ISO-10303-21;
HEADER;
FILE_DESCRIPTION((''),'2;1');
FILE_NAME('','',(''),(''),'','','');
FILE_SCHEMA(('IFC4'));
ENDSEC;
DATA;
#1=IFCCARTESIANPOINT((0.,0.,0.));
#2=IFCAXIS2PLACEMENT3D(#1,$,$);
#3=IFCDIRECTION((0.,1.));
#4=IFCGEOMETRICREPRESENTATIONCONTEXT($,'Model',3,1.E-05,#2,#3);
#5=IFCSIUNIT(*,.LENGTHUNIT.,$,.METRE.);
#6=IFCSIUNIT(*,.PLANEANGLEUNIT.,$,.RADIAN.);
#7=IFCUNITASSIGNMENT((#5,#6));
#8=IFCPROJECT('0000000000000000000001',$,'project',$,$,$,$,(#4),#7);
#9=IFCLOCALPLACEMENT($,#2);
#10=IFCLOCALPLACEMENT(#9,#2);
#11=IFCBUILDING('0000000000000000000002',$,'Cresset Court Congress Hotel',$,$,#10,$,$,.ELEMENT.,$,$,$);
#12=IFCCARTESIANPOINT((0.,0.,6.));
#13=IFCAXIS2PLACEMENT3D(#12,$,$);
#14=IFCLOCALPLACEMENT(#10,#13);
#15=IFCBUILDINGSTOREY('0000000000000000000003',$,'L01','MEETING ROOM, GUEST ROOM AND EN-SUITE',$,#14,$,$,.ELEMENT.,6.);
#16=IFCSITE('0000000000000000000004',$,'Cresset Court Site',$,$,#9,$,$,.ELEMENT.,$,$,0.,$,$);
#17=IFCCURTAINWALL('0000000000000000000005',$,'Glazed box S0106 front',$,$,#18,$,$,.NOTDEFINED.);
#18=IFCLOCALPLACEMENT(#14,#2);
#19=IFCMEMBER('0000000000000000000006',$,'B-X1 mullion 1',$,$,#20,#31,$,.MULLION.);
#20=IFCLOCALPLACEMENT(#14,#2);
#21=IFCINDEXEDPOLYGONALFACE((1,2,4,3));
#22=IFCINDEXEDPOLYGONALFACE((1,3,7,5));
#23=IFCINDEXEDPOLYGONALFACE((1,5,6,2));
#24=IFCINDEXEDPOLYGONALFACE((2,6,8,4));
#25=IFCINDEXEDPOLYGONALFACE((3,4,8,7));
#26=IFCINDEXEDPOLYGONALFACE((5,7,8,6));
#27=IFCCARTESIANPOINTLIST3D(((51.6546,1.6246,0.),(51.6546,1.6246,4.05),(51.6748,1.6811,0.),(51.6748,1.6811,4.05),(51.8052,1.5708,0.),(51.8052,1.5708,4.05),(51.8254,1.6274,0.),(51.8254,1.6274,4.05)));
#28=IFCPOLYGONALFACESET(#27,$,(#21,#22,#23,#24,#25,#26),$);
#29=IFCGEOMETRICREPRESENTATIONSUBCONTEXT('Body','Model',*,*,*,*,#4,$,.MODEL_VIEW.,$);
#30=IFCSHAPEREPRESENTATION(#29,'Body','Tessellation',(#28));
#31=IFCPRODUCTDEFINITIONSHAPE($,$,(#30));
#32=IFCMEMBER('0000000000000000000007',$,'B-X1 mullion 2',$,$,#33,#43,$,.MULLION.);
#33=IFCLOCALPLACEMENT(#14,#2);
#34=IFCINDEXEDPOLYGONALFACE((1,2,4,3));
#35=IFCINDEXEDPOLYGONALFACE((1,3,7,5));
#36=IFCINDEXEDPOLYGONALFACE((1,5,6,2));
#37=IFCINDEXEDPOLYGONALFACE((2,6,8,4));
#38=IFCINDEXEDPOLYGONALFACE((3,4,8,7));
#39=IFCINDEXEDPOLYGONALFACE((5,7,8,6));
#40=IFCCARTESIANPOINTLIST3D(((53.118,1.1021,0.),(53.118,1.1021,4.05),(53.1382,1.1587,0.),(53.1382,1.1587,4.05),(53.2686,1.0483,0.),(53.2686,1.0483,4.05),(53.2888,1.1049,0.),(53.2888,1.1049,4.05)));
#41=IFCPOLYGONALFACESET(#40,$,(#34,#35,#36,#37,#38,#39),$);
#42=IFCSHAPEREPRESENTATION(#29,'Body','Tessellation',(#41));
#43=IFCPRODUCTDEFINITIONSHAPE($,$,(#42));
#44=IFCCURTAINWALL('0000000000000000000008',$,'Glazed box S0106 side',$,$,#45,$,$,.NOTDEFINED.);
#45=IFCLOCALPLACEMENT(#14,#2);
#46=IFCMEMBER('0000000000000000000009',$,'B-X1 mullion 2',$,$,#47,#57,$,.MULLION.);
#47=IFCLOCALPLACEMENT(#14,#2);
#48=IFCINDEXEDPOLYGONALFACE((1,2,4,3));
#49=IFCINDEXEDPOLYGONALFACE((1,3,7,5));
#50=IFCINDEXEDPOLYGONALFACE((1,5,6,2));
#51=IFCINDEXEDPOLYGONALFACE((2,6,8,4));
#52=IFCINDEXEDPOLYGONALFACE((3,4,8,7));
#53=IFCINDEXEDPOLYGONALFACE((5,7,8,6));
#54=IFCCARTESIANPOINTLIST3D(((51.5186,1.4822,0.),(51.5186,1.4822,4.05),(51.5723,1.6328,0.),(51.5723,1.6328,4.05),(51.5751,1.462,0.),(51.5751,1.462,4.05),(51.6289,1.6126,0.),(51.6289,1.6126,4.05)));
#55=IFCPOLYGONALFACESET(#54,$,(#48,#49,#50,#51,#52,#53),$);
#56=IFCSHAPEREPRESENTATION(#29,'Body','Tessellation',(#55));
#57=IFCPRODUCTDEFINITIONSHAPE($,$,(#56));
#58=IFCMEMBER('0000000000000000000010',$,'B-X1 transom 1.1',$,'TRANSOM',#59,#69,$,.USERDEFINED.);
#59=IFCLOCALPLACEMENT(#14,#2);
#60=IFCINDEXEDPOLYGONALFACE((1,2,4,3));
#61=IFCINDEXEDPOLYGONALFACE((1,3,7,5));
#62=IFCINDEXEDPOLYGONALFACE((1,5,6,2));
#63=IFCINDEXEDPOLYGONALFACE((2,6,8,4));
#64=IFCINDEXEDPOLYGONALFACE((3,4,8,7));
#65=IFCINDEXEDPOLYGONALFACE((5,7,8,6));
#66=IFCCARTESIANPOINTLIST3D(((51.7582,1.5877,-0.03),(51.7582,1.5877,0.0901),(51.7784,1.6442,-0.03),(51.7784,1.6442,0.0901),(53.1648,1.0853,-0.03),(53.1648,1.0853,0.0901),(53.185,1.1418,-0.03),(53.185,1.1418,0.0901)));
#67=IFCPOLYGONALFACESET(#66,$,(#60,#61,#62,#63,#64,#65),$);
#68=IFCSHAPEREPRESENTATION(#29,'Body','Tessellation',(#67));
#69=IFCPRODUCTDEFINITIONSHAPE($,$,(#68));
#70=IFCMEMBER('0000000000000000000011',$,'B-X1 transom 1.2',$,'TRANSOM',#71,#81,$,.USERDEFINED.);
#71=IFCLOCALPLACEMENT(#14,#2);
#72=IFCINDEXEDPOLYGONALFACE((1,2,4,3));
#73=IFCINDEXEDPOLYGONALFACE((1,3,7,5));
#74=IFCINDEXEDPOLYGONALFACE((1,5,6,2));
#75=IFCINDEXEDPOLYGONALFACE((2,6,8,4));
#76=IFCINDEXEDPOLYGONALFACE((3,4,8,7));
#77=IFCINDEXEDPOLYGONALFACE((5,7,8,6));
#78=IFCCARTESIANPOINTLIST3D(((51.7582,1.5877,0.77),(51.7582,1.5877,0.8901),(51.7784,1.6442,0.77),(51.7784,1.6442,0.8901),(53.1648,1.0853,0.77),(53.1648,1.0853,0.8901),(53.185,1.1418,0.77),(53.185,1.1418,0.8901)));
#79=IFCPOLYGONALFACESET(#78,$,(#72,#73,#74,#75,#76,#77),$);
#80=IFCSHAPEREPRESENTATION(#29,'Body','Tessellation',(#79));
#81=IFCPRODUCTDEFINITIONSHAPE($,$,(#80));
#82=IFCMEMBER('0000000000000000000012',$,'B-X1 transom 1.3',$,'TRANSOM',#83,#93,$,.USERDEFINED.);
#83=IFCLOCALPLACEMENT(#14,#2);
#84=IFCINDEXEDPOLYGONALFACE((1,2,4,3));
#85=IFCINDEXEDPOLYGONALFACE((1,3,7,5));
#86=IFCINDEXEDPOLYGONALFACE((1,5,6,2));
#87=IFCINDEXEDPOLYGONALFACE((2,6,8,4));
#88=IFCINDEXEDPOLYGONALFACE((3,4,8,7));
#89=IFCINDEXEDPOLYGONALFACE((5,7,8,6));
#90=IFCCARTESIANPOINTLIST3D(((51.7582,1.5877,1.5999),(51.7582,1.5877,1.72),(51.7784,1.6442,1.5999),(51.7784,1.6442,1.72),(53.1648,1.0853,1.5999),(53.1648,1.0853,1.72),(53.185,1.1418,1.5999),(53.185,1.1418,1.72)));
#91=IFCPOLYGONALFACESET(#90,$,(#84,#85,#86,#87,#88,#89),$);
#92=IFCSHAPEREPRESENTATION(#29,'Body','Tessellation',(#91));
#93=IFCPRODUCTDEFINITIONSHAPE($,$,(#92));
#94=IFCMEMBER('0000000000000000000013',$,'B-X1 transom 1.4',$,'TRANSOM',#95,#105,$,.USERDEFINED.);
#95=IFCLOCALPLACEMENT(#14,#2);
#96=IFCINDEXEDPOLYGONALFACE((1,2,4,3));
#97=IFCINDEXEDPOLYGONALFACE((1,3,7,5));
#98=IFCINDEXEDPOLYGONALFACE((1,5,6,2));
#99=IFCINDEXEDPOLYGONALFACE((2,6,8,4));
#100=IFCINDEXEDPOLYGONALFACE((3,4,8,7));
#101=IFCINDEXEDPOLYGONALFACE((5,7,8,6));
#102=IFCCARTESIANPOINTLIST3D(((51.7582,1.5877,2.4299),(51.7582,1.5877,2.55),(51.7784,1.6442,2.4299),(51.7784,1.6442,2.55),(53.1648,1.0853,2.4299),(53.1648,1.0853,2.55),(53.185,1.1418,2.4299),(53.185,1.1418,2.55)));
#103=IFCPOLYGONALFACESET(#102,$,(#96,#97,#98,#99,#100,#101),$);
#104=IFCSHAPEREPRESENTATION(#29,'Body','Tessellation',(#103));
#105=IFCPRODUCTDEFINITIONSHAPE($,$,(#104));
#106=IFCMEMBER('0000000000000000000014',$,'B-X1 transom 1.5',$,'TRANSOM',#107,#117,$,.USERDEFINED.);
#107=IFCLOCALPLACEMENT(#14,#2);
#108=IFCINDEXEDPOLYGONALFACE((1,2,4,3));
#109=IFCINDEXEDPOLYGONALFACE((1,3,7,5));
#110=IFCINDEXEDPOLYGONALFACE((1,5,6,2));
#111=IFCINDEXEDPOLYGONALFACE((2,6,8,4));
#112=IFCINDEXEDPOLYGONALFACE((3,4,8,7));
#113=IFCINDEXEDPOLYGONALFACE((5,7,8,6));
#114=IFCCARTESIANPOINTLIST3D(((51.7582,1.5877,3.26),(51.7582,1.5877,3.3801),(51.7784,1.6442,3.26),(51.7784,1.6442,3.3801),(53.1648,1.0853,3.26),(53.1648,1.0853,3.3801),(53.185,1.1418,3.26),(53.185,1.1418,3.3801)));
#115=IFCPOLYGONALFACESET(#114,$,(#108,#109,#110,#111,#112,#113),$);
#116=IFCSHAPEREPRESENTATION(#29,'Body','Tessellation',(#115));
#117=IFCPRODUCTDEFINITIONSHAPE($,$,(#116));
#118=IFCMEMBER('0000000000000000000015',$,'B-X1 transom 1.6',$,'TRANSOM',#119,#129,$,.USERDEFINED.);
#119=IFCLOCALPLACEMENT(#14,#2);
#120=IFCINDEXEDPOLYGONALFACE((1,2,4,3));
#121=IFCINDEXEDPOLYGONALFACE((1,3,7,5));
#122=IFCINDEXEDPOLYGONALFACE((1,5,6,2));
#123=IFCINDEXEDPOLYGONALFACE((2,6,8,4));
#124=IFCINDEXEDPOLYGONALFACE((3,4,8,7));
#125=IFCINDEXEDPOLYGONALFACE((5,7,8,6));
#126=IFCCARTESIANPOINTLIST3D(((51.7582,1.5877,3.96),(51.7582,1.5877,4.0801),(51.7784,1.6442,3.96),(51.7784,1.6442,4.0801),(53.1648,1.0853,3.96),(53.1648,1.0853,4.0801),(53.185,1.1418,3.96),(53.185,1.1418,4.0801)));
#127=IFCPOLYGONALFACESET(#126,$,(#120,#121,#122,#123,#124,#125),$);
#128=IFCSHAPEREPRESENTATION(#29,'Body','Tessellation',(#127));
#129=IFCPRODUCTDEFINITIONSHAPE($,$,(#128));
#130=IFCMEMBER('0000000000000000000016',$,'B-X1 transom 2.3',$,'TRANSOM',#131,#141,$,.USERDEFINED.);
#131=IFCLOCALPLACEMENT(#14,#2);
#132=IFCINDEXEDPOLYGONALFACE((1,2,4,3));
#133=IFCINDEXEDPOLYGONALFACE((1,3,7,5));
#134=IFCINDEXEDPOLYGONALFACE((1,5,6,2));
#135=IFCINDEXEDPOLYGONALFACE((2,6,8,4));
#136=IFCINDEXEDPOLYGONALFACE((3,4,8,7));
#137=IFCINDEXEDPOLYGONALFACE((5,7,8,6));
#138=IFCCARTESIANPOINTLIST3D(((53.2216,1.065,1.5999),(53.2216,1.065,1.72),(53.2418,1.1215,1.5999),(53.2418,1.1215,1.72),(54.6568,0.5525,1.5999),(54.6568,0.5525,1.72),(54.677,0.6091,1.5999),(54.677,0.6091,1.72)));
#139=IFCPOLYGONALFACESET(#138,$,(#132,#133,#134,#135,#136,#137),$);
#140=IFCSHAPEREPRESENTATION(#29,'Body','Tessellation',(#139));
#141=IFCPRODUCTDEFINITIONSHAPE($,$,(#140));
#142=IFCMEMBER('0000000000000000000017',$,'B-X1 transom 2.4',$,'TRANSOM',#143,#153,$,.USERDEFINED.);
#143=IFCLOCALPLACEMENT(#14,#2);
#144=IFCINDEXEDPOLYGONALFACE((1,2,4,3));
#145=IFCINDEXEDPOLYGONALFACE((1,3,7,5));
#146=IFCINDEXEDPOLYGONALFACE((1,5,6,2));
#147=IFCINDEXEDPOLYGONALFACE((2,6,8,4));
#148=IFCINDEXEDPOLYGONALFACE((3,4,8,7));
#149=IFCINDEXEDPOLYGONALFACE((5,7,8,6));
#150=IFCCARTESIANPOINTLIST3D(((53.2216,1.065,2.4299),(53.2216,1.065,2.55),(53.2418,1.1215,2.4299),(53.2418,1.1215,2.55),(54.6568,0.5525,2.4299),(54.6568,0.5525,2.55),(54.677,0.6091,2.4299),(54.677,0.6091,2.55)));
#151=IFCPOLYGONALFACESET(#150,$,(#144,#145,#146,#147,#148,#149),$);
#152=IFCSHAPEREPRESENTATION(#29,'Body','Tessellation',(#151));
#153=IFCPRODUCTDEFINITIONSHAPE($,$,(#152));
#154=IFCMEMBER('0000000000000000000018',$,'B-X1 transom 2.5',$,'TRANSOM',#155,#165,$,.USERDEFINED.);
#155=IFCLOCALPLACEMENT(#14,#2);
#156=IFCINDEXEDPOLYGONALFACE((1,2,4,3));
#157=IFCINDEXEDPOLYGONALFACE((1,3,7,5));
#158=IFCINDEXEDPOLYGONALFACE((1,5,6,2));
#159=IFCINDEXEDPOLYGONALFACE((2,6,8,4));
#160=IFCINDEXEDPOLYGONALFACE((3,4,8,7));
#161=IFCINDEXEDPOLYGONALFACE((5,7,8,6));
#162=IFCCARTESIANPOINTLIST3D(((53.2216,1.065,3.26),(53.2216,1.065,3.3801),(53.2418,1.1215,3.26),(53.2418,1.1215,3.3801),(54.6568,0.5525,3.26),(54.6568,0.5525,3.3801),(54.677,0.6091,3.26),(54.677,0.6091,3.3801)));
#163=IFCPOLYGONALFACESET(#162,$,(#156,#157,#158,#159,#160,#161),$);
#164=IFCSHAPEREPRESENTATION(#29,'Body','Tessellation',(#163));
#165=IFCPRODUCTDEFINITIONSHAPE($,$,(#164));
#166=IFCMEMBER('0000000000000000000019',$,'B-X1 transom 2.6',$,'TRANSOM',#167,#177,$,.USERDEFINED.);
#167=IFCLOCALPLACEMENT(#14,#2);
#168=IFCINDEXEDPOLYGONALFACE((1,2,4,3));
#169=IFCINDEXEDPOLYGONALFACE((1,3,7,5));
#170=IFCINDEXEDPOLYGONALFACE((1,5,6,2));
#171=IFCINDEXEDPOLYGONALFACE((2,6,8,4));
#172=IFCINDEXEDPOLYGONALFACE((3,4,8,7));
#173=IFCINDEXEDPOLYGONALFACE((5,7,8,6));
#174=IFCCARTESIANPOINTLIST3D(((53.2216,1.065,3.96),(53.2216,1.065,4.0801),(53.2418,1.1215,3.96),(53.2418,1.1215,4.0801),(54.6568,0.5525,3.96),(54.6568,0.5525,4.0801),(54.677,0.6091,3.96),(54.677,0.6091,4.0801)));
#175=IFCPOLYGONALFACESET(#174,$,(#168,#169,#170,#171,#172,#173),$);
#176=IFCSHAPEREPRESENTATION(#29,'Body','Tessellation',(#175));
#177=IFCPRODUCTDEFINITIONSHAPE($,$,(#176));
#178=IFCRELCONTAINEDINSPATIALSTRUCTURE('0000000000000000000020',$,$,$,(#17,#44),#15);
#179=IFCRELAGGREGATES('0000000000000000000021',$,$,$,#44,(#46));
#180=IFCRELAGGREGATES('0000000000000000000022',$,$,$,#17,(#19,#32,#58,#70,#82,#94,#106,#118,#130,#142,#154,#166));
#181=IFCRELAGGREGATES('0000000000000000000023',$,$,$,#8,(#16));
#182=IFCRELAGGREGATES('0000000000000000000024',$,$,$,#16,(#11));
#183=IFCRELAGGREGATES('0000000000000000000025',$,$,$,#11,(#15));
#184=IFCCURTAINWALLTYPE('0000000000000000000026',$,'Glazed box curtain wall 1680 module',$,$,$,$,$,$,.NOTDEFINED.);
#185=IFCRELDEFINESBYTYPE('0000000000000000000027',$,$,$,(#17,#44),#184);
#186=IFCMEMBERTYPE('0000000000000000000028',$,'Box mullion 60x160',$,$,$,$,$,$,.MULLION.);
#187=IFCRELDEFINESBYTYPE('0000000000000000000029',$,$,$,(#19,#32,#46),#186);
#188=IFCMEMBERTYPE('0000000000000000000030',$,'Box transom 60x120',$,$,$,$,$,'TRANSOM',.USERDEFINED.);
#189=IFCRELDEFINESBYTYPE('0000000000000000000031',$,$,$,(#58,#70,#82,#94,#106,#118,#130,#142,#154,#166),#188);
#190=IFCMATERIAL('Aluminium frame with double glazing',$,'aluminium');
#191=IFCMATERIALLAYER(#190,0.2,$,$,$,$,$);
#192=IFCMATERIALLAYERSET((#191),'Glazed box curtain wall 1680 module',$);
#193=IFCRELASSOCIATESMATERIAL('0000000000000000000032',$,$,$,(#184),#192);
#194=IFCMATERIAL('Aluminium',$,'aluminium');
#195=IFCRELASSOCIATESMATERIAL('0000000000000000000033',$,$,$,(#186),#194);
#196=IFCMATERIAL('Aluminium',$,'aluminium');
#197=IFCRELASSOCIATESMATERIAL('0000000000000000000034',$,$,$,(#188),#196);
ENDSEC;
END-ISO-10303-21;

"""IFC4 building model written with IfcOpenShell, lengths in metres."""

from ifc_helpers import new_model, si_unit, direction, frame, origin, origin_2d, place, context, subcontext, project, spatial, rectangle, extrude, material, layer, layer_set, material_profile, profile_set, type_object, element, aggregate, save


model = new_model("IFC4")

# Units and contexts
model_context = context("Model", 3, precision=1e-05, world=origin(), true_north=direction((0.0, 1.0)))
body_context = subcontext(model_context, "Body", "Model", "MODEL_VIEW")
ifc_project = project(units=[si_unit("LENGTHUNIT", "METRE"), si_unit("PLANEANGLEUNIT", "RADIAN")], contexts=[model_context])

# Site, building, storey
site_placement = place(None, origin())
site = spatial("IfcSite", under=ifc_project, at=site_placement, Name="Cresset Court Site", CompositionType="ELEMENT", RefElevation=0.0)
building_placement = place(site_placement, origin())
building = spatial("IfcBuilding", under=site, at=building_placement, Name="Cresset Court Congress Hotel", CompositionType="ELEMENT")
storey_placement = place(building_placement, frame((0.0, 0.0, 6.0)))
storey = spatial("IfcBuildingStorey", under=building, at=storey_placement, Name="L01", Description="MEETING ROOM, GUEST ROOM AND EN-SUITE", CompositionType="ELEMENT", Elevation=6.0)

# Curtain wall, members
ifc_material_1 = material(Name="Aluminium frame with double glazing", Category="aluminium")
ifc_layer_1 = layer(ifc_material_1, 0.2)
ifc_layer_set_1 = layer_set([ifc_layer_1], Name="Glazed box curtain wall 1680 module")
curtain_wall_type = type_object("IfcCurtainWallType", Name="Glazed box curtain wall 1680 module", PredefinedType="NOTDEFINED", material=ifc_layer_set_1)
curtain_wall_1_placement = place(storey_placement, origin())
curtain_wall_1 = element("IfcCurtainWall", 1, at=curtain_wall_1_placement, inside=storey, type_object=curtain_wall_type, Name="Glazed box S0106 front", PredefinedType="NOTDEFINED")
ifc_material_2 = material(Name="Aluminium", Category="aluminium")
ifc_material_profile_1 = material_profile(ifc_material_2, rectangle(XDim=0.0601, YDim=0.1599, at=origin_2d()), Name="Box mullion 60x160")
ifc_profile_set_1 = profile_set([ifc_material_profile_1], Name="Aluminium")
member_type_1 = type_object("IfcMemberType", Name="Box mullion 60x160", PredefinedType="MULLION", material=ifc_profile_set_1)
member_1_placement = place(storey_placement, frame((51.74, 1.626, 0.0), z_axis=(0.0, 0.0, 1.0), x_axis=(0.336336, 0.941742, 0.0)))
member_1 = element("IfcMember", 2, at=member_1_placement, type_object=member_type_1, Name="B-X1 mullion 1", PredefinedType="MULLION", context=body_context, shape_type="SweptSolid", body=[
    extrude(rectangle(XDim=0.0601, YDim=0.1599, at=origin_2d()), origin(), (0.0, 0.0, 1.0), 4.05),
])
member_2_placement = place(storey_placement, frame((53.2034, 1.1035, 0.0), z_axis=(0.0, 0.0, 1.0), x_axis=(0.336336, 0.941742, 0.0)))
member_2 = element("IfcMember", 3, at=member_2_placement, type_object=member_type_1, Name="B-X1 mullion 2", PredefinedType="MULLION", context=body_context, shape_type="SweptSolid", body=[
    extrude(rectangle(XDim=0.0601, YDim=0.1599, at=origin_2d()), origin(), (0.0, 0.0, 1.0), 4.05),
])

# Curtain wall, member
curtain_wall_2_placement = place(storey_placement, origin())
curtain_wall_2 = element("IfcCurtainWall", 4, at=curtain_wall_2_placement, inside=storey, type_object=curtain_wall_type, Name="Glazed box S0106 side", PredefinedType="NOTDEFINED")
member_3_placement = place(storey_placement, frame((51.5737, 1.5474, 0.0), z_axis=(0.0, 0.0, 1.0), x_axis=(-0.941742, 0.336336, 0.0)))
member_3 = element("IfcMember", 5, at=member_3_placement, type_object=member_type_1, Name="B-X1 mullion 2", PredefinedType="MULLION", context=body_context, shape_type="SweptSolid", body=[
    extrude(rectangle(XDim=0.0601, YDim=0.1599, at=origin_2d()), origin(), (0.0, 0.0, 1.0), 4.05),
])
aggregate(curtain_wall_2, [member_3])

# Members
ifc_material_3 = material(Name="Aluminium", Category="aluminium")
ifc_material_profile_2 = material_profile(ifc_material_3, rectangle(XDim=0.0601, YDim=0.1201, at=origin_2d()), Name="Box transom 60x120")
ifc_profile_set_2 = profile_set([ifc_material_profile_2], Name="Aluminium")
member_type_2 = type_object("IfcMemberType", Name="Box transom 60x120", ElementType="TRANSOM", PredefinedType="USERDEFINED", material=ifc_profile_set_2)
member_4_placement = place(storey_placement, frame((51.7683, 1.616, 0.03), z_axis=(0.941735, -0.336357, 0.0), x_axis=(0.336357, 0.941735, 0.0)))
member_4 = element("IfcMember", 6, at=member_4_placement, type_object=member_type_2, Name="B-X1 transom 1.1", ObjectType="TRANSOM", PredefinedType="USERDEFINED", context=body_context, shape_type="SweptSolid", body=[
    extrude(rectangle(XDim=0.0601, YDim=0.1201, at=origin_2d()), origin(), (0.0, 0.0, 1.0), 1.4937),
])
member_5_placement = place(storey_placement, frame((51.7683, 1.616, 0.8301), z_axis=(0.941735, -0.336357, 0.0), x_axis=(0.336357, 0.941735, 0.0)))
member_5 = element("IfcMember", 7, at=member_5_placement, type_object=member_type_2, Name="B-X1 transom 1.2", ObjectType="TRANSOM", PredefinedType="USERDEFINED", context=body_context, shape_type="SweptSolid", body=[
    extrude(rectangle(XDim=0.0601, YDim=0.1201, at=origin_2d()), origin(), (0.0, 0.0, 1.0), 1.4937),
])
member_6_placement = place(storey_placement, frame((51.7683, 1.616, 1.6599), z_axis=(0.941735, -0.336357, 0.0), x_axis=(0.336357, 0.941735, 0.0)))
member_6 = element("IfcMember", 8, at=member_6_placement, type_object=member_type_2, Name="B-X1 transom 1.3", ObjectType="TRANSOM", PredefinedType="USERDEFINED", context=body_context, shape_type="SweptSolid", body=[
    extrude(rectangle(XDim=0.0601, YDim=0.1201, at=origin_2d()), origin(), (0.0, 0.0, 1.0), 1.4937),
])
member_7_placement = place(storey_placement, frame((51.7683, 1.616, 2.49), z_axis=(0.941735, -0.336357, 0.0), x_axis=(0.336357, 0.941735, 0.0)))
member_7 = element("IfcMember", 9, at=member_7_placement, type_object=member_type_2, Name="B-X1 transom 1.4", ObjectType="TRANSOM", PredefinedType="USERDEFINED", context=body_context, shape_type="SweptSolid", body=[
    extrude(rectangle(XDim=0.0601, YDim=0.1201, at=origin_2d()), origin(), (0.0, 0.0, 1.0), 1.4937),
])
member_8_placement = place(storey_placement, frame((51.7683, 1.616, 3.3201), z_axis=(0.941735, -0.336357, 0.0), x_axis=(0.336357, 0.941735, 0.0)))
member_8 = element("IfcMember", 10, at=member_8_placement, type_object=member_type_2, Name="B-X1 transom 1.5", ObjectType="TRANSOM", PredefinedType="USERDEFINED", context=body_context, shape_type="SweptSolid", body=[
    extrude(rectangle(XDim=0.0601, YDim=0.1201, at=origin_2d()), origin(), (0.0, 0.0, 1.0), 1.4937),
])
member_9_placement = place(storey_placement, frame((51.7683, 1.616, 4.02), z_axis=(0.941735, -0.336357, 0.0), x_axis=(0.336357, 0.941735, 0.0)))
member_9 = element("IfcMember", 11, at=member_9_placement, type_object=member_type_2, Name="B-X1 transom 1.6", ObjectType="TRANSOM", PredefinedType="USERDEFINED", context=body_context, shape_type="SweptSolid", body=[
    extrude(rectangle(XDim=0.0601, YDim=0.1201, at=origin_2d()), origin(), (0.0, 0.0, 1.0), 1.4937),
])
member_10_placement = place(storey_placement, frame((53.2317, 1.0933, 1.6599), z_axis=(0.941756, -0.336296, 0.0), x_axis=(0.336296, 0.941756, 0.0)))
member_10 = element("IfcMember", 12, at=member_10_placement, type_object=member_type_2, Name="B-X1 transom 2.3", ObjectType="TRANSOM", PredefinedType="USERDEFINED", context=body_context, shape_type="SweptSolid", body=[
    extrude(rectangle(XDim=0.0601, YDim=0.1201, at=origin_2d()), origin(), (0.0, 0.0, 1.0), 1.5239),
])
member_11_placement = place(storey_placement, frame((53.2317, 1.0933, 2.49), z_axis=(0.941756, -0.336296, 0.0), x_axis=(0.336296, 0.941756, 0.0)))
member_11 = element("IfcMember", 13, at=member_11_placement, type_object=member_type_2, Name="B-X1 transom 2.4", ObjectType="TRANSOM", PredefinedType="USERDEFINED", context=body_context, shape_type="SweptSolid", body=[
    extrude(rectangle(XDim=0.0601, YDim=0.1201, at=origin_2d()), origin(), (0.0, 0.0, 1.0), 1.5239),
])
member_12_placement = place(storey_placement, frame((53.2317, 1.0933, 3.3201), z_axis=(0.941756, -0.336296, 0.0), x_axis=(0.336296, 0.941756, 0.0)))
member_12 = element("IfcMember", 14, at=member_12_placement, type_object=member_type_2, Name="B-X1 transom 2.5", ObjectType="TRANSOM", PredefinedType="USERDEFINED", context=body_context, shape_type="SweptSolid", body=[
    extrude(rectangle(XDim=0.0601, YDim=0.1201, at=origin_2d()), origin(), (0.0, 0.0, 1.0), 1.5239),
])
member_13_placement = place(storey_placement, frame((53.2317, 1.0933, 4.02), z_axis=(0.941756, -0.336296, 0.0), x_axis=(0.336296, 0.941756, 0.0)))
member_13 = element("IfcMember", 15, at=member_13_placement, type_object=member_type_2, Name="B-X1 transom 2.6", ObjectType="TRANSOM", PredefinedType="USERDEFINED", context=body_context, shape_type="SweptSolid", body=[
    extrude(rectangle(XDim=0.0601, YDim=0.1201, at=origin_2d()), origin(), (0.0, 0.0, 1.0), 1.5239),
])

aggregate(curtain_wall_1, [member_1, member_2, member_4, member_5, member_6, member_7, member_8, member_9, member_10, member_11, member_12, member_13])

save(model, "model.ifc")
